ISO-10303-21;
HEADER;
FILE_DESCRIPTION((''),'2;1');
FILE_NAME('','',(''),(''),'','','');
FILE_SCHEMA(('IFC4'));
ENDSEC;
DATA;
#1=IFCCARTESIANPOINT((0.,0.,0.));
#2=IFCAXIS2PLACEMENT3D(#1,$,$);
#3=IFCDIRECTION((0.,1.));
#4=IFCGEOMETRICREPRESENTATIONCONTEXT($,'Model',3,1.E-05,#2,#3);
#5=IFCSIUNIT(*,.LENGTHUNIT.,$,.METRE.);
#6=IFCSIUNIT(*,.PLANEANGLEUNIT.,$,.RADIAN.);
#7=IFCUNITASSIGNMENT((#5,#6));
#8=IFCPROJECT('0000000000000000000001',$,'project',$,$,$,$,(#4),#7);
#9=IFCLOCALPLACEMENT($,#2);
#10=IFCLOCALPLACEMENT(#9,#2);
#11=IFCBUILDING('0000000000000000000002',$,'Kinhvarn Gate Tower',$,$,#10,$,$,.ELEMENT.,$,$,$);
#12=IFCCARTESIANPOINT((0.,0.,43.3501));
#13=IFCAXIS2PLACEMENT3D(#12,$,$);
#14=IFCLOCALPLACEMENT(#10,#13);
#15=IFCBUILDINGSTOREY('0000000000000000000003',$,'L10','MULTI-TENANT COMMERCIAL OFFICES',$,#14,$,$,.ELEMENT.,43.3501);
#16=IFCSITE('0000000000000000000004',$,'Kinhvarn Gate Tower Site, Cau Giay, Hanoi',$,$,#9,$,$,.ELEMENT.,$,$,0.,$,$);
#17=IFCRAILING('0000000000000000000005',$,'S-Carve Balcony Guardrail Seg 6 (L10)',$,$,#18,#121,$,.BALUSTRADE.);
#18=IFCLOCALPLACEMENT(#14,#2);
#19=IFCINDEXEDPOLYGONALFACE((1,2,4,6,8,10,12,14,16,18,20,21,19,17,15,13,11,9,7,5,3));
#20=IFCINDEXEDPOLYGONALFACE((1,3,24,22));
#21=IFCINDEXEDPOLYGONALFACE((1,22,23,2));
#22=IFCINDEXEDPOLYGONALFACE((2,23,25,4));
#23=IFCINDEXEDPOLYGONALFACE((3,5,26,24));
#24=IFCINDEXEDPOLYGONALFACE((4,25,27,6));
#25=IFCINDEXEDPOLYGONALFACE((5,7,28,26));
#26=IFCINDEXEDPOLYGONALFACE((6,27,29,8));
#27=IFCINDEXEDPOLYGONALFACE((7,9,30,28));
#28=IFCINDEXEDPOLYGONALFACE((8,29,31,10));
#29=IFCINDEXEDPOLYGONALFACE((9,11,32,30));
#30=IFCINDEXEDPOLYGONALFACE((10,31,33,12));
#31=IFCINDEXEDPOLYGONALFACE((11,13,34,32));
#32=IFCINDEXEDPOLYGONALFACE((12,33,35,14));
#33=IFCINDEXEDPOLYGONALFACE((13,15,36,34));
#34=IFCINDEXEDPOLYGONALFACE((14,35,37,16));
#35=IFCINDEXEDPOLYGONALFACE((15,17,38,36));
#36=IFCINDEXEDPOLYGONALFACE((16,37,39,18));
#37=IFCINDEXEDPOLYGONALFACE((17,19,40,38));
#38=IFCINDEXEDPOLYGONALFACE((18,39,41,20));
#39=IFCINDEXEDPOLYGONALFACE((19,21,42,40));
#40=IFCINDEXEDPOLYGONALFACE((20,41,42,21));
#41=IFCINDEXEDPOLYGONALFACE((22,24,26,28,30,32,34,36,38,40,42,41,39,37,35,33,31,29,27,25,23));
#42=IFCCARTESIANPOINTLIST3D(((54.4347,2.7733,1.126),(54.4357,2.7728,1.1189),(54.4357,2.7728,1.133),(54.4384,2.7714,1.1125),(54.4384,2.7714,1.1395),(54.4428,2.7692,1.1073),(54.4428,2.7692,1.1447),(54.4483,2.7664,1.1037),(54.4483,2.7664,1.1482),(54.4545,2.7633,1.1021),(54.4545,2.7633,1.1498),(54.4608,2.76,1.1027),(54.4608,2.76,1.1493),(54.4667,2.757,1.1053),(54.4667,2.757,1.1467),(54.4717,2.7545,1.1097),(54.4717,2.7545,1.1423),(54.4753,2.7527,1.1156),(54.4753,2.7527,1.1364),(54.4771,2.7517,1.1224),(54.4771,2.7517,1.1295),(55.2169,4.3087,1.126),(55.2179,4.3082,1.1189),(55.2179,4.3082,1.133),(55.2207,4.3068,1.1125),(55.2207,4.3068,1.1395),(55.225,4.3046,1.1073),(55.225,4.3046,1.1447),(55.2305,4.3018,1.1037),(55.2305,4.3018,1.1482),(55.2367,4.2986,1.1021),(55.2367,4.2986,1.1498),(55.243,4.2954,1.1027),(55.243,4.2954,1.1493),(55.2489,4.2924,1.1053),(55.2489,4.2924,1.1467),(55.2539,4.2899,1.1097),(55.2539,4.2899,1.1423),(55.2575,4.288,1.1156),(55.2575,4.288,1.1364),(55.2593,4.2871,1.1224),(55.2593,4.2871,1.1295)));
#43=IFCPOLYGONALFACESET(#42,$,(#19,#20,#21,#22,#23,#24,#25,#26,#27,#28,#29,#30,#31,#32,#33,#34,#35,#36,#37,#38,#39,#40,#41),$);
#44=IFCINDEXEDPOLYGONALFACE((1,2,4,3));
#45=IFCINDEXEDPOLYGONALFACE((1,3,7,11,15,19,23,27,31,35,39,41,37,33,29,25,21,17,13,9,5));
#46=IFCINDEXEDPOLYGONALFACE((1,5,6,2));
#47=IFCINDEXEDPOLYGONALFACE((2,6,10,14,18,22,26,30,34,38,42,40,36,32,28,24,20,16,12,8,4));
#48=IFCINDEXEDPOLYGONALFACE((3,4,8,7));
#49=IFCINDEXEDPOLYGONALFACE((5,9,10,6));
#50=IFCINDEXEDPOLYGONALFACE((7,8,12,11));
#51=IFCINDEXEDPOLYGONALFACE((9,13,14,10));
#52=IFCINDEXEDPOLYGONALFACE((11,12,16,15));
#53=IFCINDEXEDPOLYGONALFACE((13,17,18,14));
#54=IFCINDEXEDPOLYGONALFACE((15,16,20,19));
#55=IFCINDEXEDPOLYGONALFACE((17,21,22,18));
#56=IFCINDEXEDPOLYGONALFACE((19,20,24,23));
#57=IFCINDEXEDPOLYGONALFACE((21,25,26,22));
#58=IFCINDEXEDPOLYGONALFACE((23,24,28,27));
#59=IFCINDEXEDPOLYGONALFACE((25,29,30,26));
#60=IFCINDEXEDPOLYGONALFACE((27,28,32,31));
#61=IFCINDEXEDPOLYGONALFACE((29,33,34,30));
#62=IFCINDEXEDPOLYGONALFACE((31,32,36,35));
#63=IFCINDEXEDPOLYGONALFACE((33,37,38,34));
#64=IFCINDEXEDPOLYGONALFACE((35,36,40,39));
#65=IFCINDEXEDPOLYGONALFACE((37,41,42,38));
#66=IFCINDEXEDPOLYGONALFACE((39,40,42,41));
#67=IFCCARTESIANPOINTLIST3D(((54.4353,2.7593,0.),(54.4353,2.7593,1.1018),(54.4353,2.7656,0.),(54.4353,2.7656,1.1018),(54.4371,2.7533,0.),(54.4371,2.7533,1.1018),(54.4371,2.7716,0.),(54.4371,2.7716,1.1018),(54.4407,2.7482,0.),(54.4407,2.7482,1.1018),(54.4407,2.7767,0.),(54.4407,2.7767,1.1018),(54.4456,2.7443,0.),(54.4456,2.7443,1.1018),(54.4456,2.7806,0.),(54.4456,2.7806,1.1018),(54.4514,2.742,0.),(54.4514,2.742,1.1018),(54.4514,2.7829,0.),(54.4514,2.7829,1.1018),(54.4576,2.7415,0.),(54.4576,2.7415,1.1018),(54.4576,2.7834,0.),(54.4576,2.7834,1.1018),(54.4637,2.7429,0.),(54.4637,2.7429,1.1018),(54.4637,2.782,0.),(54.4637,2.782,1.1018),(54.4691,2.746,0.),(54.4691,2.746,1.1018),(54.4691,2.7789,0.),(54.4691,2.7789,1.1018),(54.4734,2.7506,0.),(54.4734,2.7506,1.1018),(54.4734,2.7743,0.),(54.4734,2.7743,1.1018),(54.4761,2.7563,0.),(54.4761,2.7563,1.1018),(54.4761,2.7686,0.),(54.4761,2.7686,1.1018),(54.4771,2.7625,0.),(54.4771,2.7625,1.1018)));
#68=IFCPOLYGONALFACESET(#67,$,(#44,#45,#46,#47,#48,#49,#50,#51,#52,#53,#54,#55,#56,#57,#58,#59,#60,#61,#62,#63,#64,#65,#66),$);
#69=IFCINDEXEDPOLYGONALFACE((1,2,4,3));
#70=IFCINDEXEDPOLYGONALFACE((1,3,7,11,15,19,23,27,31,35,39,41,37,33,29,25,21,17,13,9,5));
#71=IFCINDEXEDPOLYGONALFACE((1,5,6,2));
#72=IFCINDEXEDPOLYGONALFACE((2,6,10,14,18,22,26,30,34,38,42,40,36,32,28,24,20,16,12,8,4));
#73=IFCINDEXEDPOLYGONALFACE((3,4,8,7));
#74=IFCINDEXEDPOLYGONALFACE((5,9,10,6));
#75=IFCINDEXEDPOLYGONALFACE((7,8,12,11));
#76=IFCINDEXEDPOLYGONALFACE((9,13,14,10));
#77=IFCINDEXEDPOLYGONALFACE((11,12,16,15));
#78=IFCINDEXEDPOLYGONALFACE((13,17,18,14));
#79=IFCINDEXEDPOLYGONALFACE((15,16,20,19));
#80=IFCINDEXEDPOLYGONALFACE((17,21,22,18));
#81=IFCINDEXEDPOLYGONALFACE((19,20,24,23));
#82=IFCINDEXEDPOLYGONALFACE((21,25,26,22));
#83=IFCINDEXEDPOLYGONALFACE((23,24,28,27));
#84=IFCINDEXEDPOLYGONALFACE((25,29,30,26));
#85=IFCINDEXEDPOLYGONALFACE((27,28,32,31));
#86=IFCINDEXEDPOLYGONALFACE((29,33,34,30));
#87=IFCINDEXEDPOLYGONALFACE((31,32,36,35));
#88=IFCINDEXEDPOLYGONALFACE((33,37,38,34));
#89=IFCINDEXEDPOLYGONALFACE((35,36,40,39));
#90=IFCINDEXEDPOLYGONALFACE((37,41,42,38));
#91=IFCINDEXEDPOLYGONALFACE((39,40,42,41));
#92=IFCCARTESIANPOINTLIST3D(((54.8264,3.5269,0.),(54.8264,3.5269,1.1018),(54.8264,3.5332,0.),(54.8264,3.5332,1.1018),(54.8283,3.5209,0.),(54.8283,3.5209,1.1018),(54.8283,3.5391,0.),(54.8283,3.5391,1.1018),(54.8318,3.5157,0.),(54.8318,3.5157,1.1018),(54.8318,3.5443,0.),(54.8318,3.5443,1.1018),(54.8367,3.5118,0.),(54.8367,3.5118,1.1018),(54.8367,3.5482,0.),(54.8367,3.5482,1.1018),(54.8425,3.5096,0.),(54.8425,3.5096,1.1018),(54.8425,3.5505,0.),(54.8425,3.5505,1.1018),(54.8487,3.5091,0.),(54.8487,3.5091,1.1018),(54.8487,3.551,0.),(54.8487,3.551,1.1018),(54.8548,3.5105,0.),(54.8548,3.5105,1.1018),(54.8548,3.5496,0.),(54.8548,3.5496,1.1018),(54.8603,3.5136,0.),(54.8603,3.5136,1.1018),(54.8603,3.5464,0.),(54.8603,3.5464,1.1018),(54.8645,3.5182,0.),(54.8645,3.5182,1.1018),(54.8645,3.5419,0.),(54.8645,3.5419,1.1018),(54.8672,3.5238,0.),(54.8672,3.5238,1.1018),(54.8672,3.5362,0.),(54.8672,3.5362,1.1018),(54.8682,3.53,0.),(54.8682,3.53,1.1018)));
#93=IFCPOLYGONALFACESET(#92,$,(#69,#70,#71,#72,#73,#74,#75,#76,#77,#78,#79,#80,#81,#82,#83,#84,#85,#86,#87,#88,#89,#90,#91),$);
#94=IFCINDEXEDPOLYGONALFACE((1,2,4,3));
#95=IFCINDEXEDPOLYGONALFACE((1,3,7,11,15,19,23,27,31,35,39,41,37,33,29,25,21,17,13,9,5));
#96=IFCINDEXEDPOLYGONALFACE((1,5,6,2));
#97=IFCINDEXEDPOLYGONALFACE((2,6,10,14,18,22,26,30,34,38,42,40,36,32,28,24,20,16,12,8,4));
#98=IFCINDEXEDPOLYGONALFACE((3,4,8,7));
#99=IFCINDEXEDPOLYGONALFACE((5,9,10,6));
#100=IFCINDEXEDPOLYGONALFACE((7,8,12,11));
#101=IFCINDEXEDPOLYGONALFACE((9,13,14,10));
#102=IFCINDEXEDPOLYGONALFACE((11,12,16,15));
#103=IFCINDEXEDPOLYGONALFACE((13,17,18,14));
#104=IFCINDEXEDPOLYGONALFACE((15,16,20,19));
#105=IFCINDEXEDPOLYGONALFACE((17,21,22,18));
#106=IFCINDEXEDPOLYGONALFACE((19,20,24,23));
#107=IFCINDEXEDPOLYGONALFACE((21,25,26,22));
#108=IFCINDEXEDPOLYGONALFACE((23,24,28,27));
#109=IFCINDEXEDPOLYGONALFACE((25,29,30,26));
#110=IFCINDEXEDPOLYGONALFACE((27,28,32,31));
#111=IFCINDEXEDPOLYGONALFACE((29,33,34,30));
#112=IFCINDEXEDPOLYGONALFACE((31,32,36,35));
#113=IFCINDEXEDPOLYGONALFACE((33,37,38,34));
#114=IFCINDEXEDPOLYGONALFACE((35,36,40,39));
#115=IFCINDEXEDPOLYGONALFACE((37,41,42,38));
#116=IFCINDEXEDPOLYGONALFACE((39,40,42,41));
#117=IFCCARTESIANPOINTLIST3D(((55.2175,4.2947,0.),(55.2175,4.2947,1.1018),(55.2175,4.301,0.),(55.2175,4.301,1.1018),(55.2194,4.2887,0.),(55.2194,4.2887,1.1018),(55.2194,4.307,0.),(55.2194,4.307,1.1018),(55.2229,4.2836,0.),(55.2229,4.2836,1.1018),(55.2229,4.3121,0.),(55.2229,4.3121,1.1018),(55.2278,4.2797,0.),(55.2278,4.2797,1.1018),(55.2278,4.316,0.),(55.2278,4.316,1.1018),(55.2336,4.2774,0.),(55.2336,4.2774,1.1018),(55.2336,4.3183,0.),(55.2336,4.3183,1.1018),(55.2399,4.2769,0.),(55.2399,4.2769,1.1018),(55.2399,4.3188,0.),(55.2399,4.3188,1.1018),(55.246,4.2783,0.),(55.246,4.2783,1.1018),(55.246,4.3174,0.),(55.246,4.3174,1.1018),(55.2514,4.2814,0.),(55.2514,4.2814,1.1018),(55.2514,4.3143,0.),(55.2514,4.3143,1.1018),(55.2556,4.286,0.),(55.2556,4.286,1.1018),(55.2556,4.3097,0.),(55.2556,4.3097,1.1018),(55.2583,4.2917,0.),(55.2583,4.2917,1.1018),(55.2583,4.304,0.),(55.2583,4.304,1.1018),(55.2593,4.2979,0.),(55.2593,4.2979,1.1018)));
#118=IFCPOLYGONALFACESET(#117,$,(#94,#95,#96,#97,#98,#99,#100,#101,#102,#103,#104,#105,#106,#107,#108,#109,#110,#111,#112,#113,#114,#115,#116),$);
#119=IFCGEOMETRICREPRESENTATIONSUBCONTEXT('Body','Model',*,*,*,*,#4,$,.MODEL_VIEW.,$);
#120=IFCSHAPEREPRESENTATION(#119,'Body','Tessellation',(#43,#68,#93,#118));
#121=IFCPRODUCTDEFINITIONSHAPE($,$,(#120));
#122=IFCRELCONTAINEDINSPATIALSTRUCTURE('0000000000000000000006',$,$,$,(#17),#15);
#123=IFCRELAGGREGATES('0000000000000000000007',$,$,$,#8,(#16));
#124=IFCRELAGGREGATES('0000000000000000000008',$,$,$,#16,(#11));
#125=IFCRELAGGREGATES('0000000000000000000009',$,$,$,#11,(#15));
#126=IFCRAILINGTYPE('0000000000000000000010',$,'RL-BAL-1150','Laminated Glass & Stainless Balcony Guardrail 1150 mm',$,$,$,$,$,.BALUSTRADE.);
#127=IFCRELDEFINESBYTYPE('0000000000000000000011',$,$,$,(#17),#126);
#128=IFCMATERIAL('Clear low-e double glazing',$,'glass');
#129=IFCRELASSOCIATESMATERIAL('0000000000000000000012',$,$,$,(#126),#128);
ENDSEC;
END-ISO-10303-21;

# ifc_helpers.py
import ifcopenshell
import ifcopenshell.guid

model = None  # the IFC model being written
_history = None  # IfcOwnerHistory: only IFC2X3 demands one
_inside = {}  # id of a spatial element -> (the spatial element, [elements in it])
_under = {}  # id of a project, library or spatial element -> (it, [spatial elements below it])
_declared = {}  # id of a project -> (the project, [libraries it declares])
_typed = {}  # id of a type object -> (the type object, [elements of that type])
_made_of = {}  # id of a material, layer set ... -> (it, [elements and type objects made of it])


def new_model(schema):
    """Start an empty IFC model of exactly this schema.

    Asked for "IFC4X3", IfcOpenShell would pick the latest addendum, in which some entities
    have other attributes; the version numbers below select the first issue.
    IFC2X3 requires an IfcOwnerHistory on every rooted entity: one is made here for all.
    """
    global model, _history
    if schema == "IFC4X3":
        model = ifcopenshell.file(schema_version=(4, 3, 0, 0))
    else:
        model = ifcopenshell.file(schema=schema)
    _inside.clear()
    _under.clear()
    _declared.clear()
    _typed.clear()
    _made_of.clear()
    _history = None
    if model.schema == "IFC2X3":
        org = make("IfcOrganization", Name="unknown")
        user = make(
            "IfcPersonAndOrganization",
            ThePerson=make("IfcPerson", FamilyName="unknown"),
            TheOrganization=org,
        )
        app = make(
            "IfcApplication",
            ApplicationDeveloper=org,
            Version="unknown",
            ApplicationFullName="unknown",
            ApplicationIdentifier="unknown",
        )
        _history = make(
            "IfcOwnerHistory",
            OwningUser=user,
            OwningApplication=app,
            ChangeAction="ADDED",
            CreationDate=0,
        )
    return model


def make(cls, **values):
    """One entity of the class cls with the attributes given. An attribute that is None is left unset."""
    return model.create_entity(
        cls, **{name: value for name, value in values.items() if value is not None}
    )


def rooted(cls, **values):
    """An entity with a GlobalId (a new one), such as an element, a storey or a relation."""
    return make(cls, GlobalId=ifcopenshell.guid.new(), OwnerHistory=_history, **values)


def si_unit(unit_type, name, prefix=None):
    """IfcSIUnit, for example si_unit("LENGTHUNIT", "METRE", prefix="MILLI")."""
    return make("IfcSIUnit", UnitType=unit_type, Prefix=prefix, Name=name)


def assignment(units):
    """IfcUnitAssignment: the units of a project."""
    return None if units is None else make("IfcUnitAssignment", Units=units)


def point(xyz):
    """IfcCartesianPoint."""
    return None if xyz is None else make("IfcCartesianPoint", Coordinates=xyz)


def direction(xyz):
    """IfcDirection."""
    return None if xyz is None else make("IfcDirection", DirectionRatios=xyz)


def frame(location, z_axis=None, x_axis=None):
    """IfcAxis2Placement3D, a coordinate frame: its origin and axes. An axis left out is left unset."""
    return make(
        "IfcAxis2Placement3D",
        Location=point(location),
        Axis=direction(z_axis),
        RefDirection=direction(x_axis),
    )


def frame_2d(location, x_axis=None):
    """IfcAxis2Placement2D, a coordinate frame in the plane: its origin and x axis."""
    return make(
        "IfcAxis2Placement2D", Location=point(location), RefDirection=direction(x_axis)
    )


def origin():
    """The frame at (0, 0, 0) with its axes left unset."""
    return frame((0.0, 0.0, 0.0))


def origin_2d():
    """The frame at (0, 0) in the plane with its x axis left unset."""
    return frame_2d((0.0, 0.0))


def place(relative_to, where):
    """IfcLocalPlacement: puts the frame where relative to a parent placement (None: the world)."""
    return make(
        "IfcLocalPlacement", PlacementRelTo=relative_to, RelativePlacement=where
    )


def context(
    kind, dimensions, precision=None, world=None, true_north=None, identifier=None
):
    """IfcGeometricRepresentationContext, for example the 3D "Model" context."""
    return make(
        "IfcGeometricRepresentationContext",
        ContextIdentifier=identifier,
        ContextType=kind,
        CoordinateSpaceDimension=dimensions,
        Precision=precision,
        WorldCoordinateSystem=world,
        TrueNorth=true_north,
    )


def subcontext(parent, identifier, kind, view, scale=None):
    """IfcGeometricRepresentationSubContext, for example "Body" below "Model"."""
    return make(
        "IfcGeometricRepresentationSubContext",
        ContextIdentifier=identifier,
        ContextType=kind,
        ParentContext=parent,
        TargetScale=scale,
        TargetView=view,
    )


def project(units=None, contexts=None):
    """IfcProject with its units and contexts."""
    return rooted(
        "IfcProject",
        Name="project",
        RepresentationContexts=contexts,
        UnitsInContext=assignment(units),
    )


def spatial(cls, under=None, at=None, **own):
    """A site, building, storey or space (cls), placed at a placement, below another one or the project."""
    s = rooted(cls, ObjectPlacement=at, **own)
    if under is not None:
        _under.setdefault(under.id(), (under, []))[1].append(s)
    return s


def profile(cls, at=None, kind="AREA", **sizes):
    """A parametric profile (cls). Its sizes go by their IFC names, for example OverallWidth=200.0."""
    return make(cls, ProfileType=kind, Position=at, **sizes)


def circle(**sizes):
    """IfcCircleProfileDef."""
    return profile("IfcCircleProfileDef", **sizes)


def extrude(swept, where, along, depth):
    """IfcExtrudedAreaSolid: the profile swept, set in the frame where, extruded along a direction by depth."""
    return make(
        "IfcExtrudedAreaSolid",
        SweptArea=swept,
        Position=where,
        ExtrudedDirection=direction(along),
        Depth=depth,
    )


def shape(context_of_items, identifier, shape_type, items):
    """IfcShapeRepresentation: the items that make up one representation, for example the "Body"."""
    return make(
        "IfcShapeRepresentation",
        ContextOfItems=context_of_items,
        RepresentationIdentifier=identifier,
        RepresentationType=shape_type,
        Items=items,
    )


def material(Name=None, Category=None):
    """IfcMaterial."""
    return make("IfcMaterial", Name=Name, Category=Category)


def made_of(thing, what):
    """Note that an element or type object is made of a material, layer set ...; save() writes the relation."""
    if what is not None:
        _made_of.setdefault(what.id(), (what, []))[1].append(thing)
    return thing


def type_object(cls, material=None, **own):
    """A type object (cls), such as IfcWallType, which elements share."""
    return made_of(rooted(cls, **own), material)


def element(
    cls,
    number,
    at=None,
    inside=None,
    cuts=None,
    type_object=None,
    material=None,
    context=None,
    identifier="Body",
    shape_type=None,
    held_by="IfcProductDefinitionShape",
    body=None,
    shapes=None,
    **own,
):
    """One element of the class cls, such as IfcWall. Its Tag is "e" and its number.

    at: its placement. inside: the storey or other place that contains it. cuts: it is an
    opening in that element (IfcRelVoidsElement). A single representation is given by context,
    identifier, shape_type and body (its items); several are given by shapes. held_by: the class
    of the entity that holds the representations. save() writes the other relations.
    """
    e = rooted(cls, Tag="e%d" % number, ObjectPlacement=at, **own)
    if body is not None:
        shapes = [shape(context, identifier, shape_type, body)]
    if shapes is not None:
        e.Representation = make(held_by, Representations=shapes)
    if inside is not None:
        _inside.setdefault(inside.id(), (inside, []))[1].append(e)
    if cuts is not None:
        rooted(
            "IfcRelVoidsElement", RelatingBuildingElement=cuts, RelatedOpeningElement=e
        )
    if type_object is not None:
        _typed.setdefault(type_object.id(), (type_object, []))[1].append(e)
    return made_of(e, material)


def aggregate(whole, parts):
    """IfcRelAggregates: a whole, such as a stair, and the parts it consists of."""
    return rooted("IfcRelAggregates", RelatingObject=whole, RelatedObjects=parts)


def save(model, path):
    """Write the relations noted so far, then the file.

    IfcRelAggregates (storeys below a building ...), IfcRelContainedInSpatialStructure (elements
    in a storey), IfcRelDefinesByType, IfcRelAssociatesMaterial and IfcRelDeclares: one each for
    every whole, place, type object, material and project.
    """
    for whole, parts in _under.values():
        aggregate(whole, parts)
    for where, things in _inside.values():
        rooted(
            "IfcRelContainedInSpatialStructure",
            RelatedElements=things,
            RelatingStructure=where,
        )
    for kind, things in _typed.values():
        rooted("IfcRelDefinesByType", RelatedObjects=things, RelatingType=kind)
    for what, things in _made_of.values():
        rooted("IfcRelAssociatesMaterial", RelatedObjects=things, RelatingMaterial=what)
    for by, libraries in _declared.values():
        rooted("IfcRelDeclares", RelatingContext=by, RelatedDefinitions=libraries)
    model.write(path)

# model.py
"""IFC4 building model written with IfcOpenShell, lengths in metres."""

from ifc_helpers import new_model, si_unit, direction, frame, origin, origin_2d, place, context, subcontext, project, spatial, circle, extrude, material, type_object, element, save


model = new_model("IFC4")

# Units and contexts
model_context = context("Model", 3, precision=1e-05, world=origin(), true_north=direction((0.0, 1.0)))
body_context = subcontext(model_context, "Body", "Model", "MODEL_VIEW")
ifc_project = project(units=[si_unit("LENGTHUNIT", "METRE"), si_unit("PLANEANGLEUNIT", "RADIAN")], contexts=[model_context])

# Site, building, storey
site_placement = place(None, origin())
site = spatial("IfcSite", under=ifc_project, at=site_placement, Name="Kinhvarn Gate Tower Site, Cau Giay, Hanoi", CompositionType="ELEMENT", RefElevation=0.0)
building_placement = place(site_placement, origin())
building = spatial("IfcBuilding", under=site, at=building_placement, Name="Kinhvarn Gate Tower", CompositionType="ELEMENT")
storey_placement = place(building_placement, frame((0.0, 0.0, 43.3501)))
storey = spatial("IfcBuildingStorey", under=building, at=storey_placement, Name="L10", Description="MULTI-TENANT COMMERCIAL OFFICES", CompositionType="ELEMENT", Elevation=43.3501)

# Shared definitions
ifc_material_1 = material(Name="Clear low-e double glazing", Category="glass")

# Railing
railing_type = type_object("IfcRailingType", Name="RL-BAL-1150", Description="Laminated Glass & Stainless Balcony Guardrail 1150 mm", PredefinedType="BALUSTRADE", material=ifc_material_1)
railing_1_placement = place(storey_placement, frame((54.4561, 2.7625, 0.0)))
element("IfcRailing", 1, at=railing_1_placement, inside=storey, type_object=railing_type, Name="S-Carve Balcony Guardrail Seg 6 (L10)", PredefinedType="BALUSTRADE", context=body_context, shape_type="SweptSolid", body=[
    extrude(circle(Radius=0.0239, at=origin_2d()), frame((0.0, 0.0, 1.126), z_axis=(0.453945, 0.89103, 0.0), x_axis=(-0.89103, 0.453945, 0.0)), (0.0, 0.0, 1.0), 1.7231),
    extrude(circle(Radius=0.021, at=origin_2d()), origin(), (0.0, 0.0, 1.0), 1.1018),
    extrude(circle(Radius=0.021, at=origin_2d()), frame((0.3911, 0.7676, 0.0)), (0.0, 0.0, 1.0), 1.1018),
    extrude(circle(Radius=0.021, at=origin_2d()), frame((0.7822, 1.5354, 0.0)), (0.0, 0.0, 1.0), 1.1018),
])

save(model, "model.ifc")
